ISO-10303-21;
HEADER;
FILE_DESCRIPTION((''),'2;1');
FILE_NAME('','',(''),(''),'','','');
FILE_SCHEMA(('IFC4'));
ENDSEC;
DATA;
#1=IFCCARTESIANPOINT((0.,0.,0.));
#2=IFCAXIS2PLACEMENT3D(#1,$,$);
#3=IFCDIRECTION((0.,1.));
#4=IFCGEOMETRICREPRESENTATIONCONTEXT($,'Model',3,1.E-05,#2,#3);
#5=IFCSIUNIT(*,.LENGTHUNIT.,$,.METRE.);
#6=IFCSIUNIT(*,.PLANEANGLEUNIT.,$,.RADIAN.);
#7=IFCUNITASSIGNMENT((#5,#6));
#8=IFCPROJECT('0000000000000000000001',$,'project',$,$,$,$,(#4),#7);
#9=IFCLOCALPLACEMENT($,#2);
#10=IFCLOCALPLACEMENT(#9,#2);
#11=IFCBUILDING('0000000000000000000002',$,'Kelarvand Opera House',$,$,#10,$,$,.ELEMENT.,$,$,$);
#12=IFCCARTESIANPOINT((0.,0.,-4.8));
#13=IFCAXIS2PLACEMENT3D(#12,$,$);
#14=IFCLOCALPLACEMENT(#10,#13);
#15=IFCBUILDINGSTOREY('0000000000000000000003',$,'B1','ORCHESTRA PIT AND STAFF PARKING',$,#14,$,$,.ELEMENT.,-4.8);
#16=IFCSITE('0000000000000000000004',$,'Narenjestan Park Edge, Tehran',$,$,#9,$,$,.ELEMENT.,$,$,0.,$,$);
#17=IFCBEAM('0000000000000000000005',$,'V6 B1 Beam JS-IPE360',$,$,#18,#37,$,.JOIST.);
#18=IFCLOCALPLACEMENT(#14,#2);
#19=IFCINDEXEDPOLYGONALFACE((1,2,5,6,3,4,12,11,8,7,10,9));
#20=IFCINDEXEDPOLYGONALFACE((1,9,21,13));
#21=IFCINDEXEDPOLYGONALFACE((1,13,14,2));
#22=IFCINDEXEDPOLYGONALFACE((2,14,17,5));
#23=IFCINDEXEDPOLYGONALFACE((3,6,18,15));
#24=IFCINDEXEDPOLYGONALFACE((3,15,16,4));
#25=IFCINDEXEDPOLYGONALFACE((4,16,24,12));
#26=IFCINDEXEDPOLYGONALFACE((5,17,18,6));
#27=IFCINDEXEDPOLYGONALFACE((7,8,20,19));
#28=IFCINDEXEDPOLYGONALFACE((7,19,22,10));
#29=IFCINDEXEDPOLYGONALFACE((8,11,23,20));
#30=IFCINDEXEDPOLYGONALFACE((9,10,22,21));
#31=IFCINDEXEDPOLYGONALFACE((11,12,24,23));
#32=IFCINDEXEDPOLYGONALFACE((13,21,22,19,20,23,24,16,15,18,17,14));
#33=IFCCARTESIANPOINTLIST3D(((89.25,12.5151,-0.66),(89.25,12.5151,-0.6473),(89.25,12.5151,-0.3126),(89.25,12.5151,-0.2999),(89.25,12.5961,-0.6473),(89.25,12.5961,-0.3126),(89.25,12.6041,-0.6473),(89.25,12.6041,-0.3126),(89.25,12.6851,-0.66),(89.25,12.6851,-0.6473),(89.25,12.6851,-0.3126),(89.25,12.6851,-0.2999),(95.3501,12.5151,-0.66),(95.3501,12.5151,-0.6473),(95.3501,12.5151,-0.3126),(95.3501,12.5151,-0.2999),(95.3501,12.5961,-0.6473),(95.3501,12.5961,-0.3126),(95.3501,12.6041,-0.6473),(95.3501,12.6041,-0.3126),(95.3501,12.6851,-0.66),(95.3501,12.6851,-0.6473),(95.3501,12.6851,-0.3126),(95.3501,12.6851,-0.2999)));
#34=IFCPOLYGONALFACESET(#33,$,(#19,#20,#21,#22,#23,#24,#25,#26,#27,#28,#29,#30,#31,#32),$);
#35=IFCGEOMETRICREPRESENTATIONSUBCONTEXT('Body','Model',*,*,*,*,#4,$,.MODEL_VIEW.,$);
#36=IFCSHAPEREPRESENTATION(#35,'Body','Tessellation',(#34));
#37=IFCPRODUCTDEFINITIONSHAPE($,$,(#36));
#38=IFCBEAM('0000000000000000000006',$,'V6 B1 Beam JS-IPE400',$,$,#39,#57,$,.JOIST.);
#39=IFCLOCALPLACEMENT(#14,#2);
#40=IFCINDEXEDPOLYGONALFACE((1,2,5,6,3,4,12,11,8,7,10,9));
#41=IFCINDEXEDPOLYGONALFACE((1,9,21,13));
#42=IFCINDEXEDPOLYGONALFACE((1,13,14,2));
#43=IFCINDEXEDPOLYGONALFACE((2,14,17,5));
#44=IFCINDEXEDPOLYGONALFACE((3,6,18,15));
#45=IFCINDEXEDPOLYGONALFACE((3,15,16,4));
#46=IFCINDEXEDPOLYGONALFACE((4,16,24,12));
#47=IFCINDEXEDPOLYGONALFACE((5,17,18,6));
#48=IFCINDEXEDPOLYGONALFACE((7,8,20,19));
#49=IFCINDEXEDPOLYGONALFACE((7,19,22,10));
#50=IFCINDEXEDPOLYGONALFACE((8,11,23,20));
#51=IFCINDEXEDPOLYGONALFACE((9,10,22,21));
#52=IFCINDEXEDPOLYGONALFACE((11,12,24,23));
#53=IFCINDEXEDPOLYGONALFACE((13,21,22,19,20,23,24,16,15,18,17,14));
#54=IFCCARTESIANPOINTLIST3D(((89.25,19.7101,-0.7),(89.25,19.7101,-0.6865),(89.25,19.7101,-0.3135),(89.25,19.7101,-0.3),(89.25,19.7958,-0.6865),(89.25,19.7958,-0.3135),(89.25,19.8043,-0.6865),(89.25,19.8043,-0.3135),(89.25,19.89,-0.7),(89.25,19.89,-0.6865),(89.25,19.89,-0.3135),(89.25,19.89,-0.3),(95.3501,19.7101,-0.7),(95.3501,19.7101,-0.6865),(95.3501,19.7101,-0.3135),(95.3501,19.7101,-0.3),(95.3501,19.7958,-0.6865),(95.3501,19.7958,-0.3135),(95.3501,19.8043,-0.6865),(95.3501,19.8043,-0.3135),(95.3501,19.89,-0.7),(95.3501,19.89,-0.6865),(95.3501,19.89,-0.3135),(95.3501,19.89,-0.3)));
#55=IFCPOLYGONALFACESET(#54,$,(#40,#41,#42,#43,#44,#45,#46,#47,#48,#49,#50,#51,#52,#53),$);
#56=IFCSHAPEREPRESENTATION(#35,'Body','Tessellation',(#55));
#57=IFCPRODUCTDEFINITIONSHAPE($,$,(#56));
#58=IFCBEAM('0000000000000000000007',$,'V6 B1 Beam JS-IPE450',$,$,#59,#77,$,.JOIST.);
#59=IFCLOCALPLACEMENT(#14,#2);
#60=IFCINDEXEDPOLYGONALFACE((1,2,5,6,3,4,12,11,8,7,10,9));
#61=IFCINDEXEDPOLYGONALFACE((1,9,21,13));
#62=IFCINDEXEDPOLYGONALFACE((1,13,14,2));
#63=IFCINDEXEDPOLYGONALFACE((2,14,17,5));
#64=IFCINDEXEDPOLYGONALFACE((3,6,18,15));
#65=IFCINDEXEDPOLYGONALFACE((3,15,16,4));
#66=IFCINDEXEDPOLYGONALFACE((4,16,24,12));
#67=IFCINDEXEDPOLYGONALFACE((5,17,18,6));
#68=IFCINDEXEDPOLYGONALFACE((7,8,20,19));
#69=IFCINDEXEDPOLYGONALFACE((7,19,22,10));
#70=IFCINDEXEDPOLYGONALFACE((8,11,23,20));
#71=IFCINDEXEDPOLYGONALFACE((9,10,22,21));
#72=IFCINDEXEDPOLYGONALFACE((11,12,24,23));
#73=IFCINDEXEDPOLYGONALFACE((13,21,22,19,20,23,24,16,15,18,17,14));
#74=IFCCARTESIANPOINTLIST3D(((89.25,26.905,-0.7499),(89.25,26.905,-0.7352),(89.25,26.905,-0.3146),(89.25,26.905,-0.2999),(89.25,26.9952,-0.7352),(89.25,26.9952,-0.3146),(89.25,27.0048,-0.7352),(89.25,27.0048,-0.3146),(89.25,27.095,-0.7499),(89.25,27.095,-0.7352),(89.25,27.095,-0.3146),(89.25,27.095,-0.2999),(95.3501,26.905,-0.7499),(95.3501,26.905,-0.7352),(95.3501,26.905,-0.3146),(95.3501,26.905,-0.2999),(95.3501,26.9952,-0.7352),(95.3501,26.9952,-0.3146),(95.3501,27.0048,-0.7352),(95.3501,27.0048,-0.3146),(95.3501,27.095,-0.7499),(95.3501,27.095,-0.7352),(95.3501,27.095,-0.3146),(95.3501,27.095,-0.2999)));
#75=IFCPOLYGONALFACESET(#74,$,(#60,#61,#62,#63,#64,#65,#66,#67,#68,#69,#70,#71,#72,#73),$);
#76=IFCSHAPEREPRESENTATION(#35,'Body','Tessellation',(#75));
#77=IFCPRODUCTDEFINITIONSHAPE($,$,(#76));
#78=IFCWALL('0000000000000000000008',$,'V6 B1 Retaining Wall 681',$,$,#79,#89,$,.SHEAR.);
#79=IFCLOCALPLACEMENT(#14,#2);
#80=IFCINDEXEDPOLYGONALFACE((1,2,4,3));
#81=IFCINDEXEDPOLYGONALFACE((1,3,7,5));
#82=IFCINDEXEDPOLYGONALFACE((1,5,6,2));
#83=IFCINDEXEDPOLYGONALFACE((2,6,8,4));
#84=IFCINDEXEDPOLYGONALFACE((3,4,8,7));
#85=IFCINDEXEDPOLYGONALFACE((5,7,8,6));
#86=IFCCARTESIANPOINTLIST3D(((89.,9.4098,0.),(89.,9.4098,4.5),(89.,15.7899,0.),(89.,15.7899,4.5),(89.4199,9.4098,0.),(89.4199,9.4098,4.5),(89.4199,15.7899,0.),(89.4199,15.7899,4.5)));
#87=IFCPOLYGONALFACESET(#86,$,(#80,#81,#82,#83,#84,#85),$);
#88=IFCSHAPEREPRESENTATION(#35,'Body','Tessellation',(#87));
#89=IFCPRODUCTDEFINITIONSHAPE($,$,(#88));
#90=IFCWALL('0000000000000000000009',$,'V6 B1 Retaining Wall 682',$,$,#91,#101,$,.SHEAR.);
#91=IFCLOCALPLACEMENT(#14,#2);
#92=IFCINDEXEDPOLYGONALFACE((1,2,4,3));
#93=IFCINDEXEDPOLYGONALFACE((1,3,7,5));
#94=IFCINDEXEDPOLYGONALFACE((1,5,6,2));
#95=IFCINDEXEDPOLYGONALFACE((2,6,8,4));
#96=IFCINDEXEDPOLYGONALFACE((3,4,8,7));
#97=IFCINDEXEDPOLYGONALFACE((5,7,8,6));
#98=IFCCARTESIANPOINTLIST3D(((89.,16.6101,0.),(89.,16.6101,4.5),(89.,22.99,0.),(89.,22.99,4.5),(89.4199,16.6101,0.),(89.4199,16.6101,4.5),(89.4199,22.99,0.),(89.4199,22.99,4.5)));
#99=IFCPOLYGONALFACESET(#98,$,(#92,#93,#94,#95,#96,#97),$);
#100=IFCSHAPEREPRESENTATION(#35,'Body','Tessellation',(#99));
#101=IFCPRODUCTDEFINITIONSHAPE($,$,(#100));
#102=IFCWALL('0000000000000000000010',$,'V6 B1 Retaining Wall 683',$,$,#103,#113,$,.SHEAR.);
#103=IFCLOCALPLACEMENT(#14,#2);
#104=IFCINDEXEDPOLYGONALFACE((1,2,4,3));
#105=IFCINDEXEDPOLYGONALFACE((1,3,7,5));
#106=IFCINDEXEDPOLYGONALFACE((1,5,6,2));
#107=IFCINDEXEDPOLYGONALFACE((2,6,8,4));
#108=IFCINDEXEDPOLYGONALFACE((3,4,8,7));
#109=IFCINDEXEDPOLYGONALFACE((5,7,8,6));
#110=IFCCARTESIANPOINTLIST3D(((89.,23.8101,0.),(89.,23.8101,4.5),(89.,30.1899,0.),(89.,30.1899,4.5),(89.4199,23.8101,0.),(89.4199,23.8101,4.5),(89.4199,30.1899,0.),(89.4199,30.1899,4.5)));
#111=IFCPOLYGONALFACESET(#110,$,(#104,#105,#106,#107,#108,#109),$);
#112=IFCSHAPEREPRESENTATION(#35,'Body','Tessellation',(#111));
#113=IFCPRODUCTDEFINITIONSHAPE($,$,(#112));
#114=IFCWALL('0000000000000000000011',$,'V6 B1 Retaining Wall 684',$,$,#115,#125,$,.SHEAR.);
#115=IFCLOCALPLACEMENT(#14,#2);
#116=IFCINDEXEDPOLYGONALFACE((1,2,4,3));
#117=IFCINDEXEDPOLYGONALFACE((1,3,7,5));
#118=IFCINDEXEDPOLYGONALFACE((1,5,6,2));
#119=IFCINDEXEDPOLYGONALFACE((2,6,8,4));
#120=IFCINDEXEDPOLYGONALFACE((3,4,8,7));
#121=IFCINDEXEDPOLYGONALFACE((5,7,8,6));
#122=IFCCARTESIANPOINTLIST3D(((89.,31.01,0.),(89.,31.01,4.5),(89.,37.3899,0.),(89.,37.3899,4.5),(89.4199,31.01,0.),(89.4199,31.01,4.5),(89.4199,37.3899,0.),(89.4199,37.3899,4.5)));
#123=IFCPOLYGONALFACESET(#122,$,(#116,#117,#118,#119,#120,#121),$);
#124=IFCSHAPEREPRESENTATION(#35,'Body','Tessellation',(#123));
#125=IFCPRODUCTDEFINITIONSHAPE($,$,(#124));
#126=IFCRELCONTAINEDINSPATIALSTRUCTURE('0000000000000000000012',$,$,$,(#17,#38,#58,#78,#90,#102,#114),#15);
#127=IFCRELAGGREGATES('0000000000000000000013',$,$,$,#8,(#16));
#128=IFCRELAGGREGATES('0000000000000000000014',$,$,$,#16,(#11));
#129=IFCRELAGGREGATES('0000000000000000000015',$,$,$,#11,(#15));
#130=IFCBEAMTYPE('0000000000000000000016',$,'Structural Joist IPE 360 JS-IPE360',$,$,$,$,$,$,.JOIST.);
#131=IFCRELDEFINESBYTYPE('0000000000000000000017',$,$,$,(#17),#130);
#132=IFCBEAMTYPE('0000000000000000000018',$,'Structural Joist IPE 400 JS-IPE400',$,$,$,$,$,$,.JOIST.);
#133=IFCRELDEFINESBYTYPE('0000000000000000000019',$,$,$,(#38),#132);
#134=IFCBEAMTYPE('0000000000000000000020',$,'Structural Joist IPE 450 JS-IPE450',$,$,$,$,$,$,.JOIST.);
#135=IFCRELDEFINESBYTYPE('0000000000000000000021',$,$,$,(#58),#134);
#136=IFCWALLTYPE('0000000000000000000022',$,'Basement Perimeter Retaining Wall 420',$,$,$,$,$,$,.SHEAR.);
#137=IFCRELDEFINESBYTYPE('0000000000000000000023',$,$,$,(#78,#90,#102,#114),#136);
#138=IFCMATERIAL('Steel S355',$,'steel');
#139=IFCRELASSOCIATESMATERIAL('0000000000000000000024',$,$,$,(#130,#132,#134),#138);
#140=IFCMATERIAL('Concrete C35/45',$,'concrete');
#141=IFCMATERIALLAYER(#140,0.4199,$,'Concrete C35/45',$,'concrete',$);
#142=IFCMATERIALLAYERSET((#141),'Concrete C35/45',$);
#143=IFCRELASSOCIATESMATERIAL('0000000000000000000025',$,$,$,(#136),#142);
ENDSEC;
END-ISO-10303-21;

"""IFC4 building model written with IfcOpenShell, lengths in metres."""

from ifc_helpers import new_model, si_unit, direction, frame, frame_2d, origin, origin_2d, place, context, subcontext, project, spatial, rectangle, i_section, extrude, material, layer, layer_set, material_profile, profile_set, type_object, element, save


model = new_model("IFC4")

# Units and contexts
model_context = context("Model", 3, precision=1e-05, world=origin(), true_north=direction((0.0, 1.0)))
body_context = subcontext(model_context, "Body", "Model", "MODEL_VIEW")
ifc_project = project(units=[si_unit("LENGTHUNIT", "METRE"), si_unit("PLANEANGLEUNIT", "RADIAN")], contexts=[model_context])

# Site, building, storey
site_placement = place(None, origin())
site = spatial("IfcSite", under=ifc_project, at=site_placement, Name="Narenjestan Park Edge, Tehran", CompositionType="ELEMENT", RefElevation=0.0)
building_placement = place(site_placement, origin())
building = spatial("IfcBuilding", under=site, at=building_placement, Name="Kelarvand Opera House", CompositionType="ELEMENT")
storey_placement = place(building_placement, frame((0.0, 0.0, -4.8)))
storey = spatial("IfcBuildingStorey", under=building, at=storey_placement, Name="B1", Description="ORCHESTRA PIT AND STAFF PARKING", CompositionType="ELEMENT", Elevation=-4.8)

# Beams
ifc_material_1 = material(Name="Steel S355", Category="steel")
ifc_material_profile_1 = material_profile(ifc_material_1, i_section(OverallWidth=0.1699, OverallDepth=0.3601, WebThickness=0.0081, FlangeThickness=0.0127, at=origin_2d()), Name="IPE 360", Category="steel")
ifc_profile_set_1 = profile_set([ifc_material_profile_1], Name="Steel S355")
beam_type_1 = type_object("IfcBeamType", Name="Structural Joist IPE 360 JS-IPE360", PredefinedType="JOIST", material=ifc_profile_set_1)
beam_1_placement = place(storey_placement, frame((89.25, 12.6001, -0.48), z_axis=(1.0, 0.0, 0.0), x_axis=(0.0, 1.0, 0.0)))
element("IfcBeam", 1, at=beam_1_placement, inside=storey, type_object=beam_type_1, Name="V6 B1 Beam JS-IPE360", PredefinedType="JOIST", context=body_context, shape_type="SweptSolid", body=[
    extrude(i_section(OverallWidth=0.1699, OverallDepth=0.3601, WebThickness=0.0081, FlangeThickness=0.0127, at=origin_2d()), origin(), (0.0, 0.0, 1.0), 6.1001),
])
ifc_material_profile_2 = material_profile(ifc_material_1, i_section(OverallWidth=0.1799, OverallDepth=0.3999, WebThickness=0.0085, FlangeThickness=0.0134, at=origin_2d()), Name="IPE 400", Category="steel")
ifc_profile_set_2 = profile_set([ifc_material_profile_2], Name="Steel S355")
beam_type_2 = type_object("IfcBeamType", Name="Structural Joist IPE 400 JS-IPE400", PredefinedType="JOIST", material=ifc_profile_set_2)
beam_2_placement = place(storey_placement, frame((89.25, 19.8, -0.5), z_axis=(1.0, 0.0, 0.0), x_axis=(0.0, 1.0, 0.0)))
element("IfcBeam", 2, at=beam_2_placement, inside=storey, type_object=beam_type_2, Name="V6 B1 Beam JS-IPE400", PredefinedType="JOIST", context=body_context, shape_type="SweptSolid", body=[
    extrude(i_section(OverallWidth=0.1799, OverallDepth=0.3999, WebThickness=0.0085, FlangeThickness=0.0134, at=origin_2d()), origin(), (0.0, 0.0, 1.0), 6.1001),
])
ifc_material_profile_3 = material_profile(ifc_material_1, i_section(OverallWidth=0.1899, OverallDepth=0.45, WebThickness=0.0095, FlangeThickness=0.0146, at=origin_2d()), Name="IPE 450", Category="steel")
ifc_profile_set_3 = profile_set([ifc_material_profile_3], Name="Steel S355")
beam_type_3 = type_object("IfcBeamType", Name="Structural Joist IPE 450 JS-IPE450", PredefinedType="JOIST", material=ifc_profile_set_3)
beam_3_placement = place(storey_placement, frame((89.25, 27.0, -0.5249), z_axis=(1.0, 0.0, 0.0), x_axis=(0.0, 1.0, 0.0)))
element("IfcBeam", 3, at=beam_3_placement, inside=storey, type_object=beam_type_3, Name="V6 B1 Beam JS-IPE450", PredefinedType="JOIST", context=body_context, shape_type="SweptSolid", body=[
    extrude(i_section(OverallWidth=0.1899, OverallDepth=0.45, WebThickness=0.0095, FlangeThickness=0.0146, at=origin_2d()), origin(), (0.0, 0.0, 1.0), 6.1001),
])

# Walls
ifc_material_2 = material(Name="Concrete C35/45", Category="concrete")
ifc_layer = layer(ifc_material_2, 0.4199, Name="Concrete C35/45", Category="concrete")
ifc_layer_set = layer_set([ifc_layer], Name="Concrete C35/45")
wall_type = type_object("IfcWallType", Name="Basement Perimeter Retaining Wall 420", PredefinedType="SHEAR", material=ifc_layer_set)
wall_placement = place(storey_placement, frame((89.21, 9.4099, 0.0), z_axis=(0.0, 0.0, 1.0), x_axis=(0.0, 1.0, 0.0)))
element("IfcWall", 4, at=wall_placement, inside=storey, type_object=wall_type, Name="V6 B1 Retaining Wall 681", PredefinedType="SHEAR", context=body_context, shape_type="SweptSolid", body=[
    extrude(rectangle(XDim=6.3801, YDim=0.4199, at=frame_2d((3.1899, 0.0))), origin(), (0.0, 0.0, 1.0), 4.5),
])
for number, where, z_axis, x_axis, name in (
    (5, (89.21, 16.6101, 0.0), (0.0, 0.0, 1.0), (0.0, 1.0, 0.0), "V6 B1 Retaining Wall 682"),
    (6, (89.21, 23.8101, 0.0), (0.0, 0.0, 1.0), (0.0, 1.0, 0.0), "V6 B1 Retaining Wall 683"),
    (7, (89.21, 31.01, 0.0), (0.0, 0.0, 1.0), (0.0, 1.0, 0.0), "V6 B1 Retaining Wall 684"),
):
    element("IfcWall", number, at=place(storey_placement, frame(where, z_axis=z_axis, x_axis=x_axis)), inside=storey, type_object=wall_type, Name=name, PredefinedType="SHEAR", context=body_context, shape_type="SweptSolid", body=[
        extrude(rectangle(XDim=6.3799, YDim=0.4199, at=frame_2d((3.1899, 0.0))), origin(), (0.0, 0.0, 1.0), 4.5),
    ])

save(model, "model.ifc")
